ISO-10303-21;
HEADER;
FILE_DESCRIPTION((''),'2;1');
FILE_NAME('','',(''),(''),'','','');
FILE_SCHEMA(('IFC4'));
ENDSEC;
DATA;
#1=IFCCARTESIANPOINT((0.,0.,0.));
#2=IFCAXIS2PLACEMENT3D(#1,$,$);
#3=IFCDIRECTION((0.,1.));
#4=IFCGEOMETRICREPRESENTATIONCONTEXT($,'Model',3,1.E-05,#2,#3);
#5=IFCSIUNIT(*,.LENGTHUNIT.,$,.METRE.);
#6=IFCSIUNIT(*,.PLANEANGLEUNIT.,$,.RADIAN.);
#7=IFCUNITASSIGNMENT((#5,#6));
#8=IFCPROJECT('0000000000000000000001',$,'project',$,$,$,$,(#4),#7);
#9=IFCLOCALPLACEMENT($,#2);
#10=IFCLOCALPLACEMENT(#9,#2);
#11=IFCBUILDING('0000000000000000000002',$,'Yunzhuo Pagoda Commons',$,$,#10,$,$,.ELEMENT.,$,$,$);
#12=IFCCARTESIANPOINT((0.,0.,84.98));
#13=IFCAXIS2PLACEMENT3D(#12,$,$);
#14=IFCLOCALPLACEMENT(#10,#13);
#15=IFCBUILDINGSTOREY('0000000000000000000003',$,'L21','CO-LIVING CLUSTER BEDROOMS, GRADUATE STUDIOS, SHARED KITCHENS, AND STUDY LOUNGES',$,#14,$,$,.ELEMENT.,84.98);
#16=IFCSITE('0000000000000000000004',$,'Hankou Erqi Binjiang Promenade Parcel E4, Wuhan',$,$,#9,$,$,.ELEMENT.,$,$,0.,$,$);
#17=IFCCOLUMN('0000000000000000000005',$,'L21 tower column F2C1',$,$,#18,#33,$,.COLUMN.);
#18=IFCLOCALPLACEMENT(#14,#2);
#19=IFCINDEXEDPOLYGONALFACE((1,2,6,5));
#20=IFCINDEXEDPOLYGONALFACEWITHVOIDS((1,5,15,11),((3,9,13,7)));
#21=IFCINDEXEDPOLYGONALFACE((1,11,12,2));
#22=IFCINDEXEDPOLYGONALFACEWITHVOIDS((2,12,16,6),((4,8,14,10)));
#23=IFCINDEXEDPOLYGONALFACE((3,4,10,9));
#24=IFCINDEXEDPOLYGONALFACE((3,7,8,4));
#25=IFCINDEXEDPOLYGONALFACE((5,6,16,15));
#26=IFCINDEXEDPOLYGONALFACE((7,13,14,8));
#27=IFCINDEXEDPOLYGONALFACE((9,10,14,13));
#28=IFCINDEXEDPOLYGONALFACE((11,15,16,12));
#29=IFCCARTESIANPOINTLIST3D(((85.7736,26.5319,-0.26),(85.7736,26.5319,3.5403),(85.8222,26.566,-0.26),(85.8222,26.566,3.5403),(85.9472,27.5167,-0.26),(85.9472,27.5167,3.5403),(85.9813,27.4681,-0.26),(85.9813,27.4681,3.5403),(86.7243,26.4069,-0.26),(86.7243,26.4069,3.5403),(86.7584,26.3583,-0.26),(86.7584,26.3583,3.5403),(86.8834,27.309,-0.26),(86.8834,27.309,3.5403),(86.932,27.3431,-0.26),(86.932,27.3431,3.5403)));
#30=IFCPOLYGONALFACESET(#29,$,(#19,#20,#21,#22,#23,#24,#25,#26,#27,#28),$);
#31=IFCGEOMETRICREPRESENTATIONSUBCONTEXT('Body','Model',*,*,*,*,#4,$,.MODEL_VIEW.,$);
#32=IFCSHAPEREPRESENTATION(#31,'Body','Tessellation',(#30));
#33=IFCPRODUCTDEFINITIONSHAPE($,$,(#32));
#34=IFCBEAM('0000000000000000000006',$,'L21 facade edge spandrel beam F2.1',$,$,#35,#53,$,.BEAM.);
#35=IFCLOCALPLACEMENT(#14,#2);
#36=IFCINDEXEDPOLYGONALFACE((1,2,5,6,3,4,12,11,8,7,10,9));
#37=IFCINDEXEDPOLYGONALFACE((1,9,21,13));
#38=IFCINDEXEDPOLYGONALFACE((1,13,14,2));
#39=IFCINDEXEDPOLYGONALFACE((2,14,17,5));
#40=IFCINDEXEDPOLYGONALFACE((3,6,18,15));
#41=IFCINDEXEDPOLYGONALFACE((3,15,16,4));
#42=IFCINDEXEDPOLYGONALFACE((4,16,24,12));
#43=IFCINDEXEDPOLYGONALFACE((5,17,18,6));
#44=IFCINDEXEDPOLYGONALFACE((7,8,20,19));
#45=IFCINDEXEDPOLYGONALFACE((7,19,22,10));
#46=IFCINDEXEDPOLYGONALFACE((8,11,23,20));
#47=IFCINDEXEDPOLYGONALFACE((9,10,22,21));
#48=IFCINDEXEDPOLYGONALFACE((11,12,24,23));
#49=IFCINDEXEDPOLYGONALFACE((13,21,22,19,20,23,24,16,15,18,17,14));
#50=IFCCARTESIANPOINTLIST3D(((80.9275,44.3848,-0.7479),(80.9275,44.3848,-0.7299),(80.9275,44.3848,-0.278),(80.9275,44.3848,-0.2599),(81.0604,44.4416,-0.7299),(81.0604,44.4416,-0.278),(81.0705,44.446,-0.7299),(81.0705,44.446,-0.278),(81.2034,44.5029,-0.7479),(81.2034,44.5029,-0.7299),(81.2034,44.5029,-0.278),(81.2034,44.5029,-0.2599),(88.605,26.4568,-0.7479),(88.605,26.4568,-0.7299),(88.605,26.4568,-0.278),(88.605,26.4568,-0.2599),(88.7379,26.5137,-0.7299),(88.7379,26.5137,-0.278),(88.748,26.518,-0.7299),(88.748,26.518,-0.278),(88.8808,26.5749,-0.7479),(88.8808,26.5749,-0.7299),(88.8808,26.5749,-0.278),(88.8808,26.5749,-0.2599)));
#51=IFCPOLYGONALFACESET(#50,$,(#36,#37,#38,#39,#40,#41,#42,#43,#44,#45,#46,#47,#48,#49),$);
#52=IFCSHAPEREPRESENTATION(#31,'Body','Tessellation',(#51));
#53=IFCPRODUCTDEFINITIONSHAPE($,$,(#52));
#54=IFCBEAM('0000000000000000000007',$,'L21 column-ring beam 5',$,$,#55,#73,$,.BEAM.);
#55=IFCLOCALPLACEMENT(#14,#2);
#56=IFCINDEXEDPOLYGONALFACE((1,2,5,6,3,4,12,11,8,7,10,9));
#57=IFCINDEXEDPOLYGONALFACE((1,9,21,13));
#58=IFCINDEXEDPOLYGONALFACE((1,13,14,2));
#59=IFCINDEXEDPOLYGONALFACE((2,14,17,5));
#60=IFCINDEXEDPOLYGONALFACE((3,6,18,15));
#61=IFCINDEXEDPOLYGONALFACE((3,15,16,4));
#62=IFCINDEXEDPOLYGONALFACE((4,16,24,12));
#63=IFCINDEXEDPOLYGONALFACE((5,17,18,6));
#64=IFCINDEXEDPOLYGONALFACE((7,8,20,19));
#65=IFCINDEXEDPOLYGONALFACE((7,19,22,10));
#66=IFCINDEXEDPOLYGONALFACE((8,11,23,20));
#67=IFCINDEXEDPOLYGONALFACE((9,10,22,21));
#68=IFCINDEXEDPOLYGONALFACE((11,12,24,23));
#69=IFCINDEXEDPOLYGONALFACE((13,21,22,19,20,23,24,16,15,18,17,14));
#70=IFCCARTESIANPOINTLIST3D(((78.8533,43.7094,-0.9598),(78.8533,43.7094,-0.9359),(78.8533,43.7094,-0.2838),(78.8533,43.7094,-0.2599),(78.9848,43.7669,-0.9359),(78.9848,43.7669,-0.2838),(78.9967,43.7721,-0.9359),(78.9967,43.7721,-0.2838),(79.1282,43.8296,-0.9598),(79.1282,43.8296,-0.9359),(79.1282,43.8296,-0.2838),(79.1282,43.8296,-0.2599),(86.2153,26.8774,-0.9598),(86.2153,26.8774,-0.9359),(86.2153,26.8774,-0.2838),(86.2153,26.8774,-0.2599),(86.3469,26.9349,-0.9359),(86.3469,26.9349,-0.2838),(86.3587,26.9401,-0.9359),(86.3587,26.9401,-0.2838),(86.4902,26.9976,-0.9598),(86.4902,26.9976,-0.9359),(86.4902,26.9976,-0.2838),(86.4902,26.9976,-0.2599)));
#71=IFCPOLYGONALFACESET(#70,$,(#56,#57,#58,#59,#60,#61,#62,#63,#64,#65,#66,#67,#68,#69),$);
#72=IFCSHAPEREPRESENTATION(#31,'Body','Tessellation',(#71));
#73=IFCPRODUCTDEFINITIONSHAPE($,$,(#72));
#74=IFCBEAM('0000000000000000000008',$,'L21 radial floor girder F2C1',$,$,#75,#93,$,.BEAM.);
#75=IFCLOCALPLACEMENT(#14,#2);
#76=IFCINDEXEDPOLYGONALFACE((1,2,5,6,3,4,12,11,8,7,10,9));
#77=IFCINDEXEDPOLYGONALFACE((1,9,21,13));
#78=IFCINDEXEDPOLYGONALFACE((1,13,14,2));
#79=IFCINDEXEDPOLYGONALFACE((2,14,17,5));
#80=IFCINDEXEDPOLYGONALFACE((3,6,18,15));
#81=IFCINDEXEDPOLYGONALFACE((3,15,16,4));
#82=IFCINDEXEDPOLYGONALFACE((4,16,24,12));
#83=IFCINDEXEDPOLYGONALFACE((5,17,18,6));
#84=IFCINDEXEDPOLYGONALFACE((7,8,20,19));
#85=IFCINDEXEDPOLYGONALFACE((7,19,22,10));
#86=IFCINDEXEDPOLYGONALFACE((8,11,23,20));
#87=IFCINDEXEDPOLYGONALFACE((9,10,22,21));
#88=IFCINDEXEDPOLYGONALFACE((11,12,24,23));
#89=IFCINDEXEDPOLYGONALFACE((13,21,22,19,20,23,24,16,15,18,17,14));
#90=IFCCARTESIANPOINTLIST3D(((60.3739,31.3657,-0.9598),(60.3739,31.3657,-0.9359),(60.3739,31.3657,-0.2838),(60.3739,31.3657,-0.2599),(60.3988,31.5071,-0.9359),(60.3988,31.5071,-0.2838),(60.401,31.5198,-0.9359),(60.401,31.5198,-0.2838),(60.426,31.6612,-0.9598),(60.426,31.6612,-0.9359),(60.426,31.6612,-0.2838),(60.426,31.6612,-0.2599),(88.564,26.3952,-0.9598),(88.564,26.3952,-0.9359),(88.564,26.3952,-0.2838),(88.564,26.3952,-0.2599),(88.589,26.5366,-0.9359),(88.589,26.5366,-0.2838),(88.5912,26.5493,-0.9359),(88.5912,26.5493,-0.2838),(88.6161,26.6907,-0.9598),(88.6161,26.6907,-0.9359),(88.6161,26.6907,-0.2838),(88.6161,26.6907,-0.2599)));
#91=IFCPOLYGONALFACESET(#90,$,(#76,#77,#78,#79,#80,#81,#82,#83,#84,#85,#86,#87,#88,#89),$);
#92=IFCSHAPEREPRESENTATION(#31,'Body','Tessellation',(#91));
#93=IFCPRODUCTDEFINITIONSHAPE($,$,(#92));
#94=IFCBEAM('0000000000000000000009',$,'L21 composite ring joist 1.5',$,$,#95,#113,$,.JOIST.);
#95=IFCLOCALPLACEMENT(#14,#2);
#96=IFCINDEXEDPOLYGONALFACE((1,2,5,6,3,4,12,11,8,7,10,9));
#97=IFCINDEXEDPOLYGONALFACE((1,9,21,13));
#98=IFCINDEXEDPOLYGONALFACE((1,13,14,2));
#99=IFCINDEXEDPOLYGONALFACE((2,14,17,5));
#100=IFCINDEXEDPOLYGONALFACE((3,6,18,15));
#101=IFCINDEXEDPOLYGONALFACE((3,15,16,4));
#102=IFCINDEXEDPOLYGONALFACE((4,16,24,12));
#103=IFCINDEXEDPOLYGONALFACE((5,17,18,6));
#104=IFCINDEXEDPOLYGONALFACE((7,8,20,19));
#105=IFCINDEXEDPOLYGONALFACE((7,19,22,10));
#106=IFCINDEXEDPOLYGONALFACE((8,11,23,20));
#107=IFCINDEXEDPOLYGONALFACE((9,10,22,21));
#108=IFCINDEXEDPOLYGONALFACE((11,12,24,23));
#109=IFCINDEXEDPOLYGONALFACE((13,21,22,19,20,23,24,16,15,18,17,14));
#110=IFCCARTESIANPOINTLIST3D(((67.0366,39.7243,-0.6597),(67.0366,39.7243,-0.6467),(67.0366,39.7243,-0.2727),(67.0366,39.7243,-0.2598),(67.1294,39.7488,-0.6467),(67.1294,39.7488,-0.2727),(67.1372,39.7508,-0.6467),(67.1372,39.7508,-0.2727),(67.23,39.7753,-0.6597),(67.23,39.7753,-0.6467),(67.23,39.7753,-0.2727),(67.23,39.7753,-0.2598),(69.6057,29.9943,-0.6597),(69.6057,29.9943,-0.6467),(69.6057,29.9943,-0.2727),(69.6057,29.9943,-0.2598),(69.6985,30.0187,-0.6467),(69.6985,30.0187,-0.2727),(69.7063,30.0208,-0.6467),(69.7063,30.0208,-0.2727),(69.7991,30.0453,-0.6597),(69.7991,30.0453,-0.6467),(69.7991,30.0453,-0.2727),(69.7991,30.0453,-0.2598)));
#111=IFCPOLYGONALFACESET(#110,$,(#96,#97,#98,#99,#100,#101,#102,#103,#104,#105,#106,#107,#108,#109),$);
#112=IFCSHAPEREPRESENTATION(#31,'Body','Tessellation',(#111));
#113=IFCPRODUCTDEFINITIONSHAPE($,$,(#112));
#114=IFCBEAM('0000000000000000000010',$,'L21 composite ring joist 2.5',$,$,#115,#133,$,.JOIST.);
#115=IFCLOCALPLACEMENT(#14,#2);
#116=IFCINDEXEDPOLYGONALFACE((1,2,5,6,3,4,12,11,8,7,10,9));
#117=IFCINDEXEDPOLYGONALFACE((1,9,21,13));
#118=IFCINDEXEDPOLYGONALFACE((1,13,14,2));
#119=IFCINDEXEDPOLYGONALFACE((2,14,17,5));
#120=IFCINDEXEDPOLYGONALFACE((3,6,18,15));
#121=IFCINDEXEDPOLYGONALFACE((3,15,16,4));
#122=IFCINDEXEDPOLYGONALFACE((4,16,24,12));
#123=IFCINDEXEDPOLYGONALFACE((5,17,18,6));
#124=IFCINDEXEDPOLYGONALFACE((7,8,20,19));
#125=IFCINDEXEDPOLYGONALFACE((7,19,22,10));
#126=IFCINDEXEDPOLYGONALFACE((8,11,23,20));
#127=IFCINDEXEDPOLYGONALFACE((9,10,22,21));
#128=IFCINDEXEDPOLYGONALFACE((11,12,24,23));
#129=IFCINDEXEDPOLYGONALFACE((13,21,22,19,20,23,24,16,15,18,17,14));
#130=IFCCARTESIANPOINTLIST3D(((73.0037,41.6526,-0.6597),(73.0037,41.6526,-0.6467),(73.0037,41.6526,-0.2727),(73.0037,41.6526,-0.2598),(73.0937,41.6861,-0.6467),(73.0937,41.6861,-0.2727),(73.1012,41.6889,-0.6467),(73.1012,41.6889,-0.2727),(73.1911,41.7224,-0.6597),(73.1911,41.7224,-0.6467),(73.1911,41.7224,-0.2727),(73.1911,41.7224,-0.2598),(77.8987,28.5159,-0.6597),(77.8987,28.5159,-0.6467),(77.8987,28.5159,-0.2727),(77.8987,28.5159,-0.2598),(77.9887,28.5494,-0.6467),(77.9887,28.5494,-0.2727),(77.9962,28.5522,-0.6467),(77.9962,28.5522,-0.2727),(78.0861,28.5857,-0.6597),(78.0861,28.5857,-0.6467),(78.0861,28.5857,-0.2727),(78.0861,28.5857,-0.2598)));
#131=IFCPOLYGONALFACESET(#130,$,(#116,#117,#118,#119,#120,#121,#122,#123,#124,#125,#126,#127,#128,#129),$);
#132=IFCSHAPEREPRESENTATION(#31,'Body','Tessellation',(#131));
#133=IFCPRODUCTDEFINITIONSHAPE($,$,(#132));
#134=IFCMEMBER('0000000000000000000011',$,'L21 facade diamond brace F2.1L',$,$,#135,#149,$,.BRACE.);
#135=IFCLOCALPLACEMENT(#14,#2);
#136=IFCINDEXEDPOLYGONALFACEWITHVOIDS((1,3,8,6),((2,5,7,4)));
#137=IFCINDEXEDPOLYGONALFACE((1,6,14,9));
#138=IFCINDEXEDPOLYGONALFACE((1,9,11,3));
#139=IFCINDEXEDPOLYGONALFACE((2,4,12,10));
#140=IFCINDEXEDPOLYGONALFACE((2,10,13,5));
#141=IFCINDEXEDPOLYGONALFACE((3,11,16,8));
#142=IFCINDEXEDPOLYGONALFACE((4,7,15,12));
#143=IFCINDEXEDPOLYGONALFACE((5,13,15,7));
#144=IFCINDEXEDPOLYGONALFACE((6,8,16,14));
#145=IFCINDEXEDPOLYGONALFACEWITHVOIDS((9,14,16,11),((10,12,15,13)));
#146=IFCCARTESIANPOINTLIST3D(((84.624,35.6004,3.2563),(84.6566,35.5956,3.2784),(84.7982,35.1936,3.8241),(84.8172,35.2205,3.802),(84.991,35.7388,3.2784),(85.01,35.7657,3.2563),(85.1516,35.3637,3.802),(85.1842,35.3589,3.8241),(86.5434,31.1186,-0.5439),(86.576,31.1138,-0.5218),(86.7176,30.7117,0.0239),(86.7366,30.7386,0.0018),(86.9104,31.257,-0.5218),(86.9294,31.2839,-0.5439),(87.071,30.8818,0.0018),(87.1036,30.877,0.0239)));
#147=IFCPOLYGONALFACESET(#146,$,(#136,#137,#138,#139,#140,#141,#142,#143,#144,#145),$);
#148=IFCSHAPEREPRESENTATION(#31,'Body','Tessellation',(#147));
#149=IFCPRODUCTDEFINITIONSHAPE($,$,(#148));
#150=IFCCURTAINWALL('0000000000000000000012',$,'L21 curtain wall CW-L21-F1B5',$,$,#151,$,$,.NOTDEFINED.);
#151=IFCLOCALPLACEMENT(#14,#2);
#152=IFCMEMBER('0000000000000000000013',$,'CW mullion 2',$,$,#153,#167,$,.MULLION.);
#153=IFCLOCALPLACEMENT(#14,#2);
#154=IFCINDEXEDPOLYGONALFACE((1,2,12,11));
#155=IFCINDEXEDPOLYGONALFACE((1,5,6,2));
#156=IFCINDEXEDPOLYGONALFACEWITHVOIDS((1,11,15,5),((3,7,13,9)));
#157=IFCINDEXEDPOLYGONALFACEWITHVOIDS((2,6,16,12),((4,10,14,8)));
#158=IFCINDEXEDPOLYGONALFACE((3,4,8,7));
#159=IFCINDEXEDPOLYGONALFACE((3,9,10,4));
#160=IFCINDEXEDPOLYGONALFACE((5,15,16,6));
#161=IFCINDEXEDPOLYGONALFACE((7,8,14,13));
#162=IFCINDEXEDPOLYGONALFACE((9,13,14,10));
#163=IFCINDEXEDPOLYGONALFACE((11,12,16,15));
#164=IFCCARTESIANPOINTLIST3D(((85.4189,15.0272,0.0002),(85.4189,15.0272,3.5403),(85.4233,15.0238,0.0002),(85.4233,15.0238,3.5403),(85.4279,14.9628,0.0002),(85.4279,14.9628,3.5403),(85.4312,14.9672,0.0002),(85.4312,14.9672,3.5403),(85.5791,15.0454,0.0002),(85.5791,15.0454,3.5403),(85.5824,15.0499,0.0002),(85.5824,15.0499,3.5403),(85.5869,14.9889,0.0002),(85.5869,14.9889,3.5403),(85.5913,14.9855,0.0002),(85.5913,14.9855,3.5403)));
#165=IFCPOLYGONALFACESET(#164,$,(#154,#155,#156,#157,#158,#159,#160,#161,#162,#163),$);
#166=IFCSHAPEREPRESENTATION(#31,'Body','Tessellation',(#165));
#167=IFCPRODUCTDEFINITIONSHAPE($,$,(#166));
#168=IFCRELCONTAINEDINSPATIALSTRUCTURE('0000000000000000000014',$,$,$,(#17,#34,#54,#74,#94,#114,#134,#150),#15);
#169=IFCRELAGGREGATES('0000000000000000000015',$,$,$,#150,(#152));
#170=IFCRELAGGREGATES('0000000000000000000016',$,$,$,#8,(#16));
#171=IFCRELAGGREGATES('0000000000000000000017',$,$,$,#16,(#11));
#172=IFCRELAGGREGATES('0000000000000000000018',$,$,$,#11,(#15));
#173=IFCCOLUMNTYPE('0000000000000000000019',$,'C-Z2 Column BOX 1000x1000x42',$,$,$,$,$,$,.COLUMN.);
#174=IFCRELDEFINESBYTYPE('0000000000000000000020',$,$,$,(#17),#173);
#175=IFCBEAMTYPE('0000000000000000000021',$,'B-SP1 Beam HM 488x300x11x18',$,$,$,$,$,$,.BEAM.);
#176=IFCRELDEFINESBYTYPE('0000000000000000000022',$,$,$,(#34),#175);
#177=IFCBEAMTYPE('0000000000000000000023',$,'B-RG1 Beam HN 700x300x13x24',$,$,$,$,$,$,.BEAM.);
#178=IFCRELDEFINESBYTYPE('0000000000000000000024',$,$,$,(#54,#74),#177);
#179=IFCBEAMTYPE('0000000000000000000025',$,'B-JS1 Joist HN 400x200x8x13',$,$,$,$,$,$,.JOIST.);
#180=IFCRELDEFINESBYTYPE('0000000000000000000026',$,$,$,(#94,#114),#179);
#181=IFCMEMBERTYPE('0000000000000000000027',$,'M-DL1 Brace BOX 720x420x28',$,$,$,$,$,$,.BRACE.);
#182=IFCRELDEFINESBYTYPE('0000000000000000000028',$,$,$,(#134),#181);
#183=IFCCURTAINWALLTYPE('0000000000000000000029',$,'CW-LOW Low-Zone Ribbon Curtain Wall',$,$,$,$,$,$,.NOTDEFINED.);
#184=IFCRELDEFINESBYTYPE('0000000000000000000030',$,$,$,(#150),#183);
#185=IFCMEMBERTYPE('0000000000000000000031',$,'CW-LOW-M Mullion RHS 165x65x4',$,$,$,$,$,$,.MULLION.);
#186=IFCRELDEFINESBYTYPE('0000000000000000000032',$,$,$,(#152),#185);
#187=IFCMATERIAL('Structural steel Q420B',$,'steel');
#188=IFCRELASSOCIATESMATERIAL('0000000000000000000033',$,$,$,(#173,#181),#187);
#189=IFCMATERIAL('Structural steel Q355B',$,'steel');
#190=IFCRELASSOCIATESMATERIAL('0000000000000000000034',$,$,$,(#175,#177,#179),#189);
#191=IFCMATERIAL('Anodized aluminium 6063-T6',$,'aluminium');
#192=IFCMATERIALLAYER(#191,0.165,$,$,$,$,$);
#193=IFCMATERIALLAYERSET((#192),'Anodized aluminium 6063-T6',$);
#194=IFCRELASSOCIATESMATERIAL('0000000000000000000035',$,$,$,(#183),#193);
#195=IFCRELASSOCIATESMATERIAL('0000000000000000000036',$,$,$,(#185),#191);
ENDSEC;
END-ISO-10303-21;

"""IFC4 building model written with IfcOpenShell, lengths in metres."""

from ifc_helpers import new_model, si_unit, direction, frame, origin, origin_2d, place, context, subcontext, project, spatial, hollow_rectangle, i_section, extrude, source, transform, mapped, material, layer, layer_set, material_profile, profile_set, type_object, element, aggregate, save


model = new_model("IFC4")

# Units and contexts
model_context = context("Model", 3, precision=1e-05, world=origin(), true_north=direction((0.0, 1.0)))
body_context = subcontext(model_context, "Body", "Model", "MODEL_VIEW")
ifc_project = project(units=[si_unit("LENGTHUNIT", "METRE"), si_unit("PLANEANGLEUNIT", "RADIAN")], contexts=[model_context])

# Site, building, storey
site_placement = place(None, origin())
site = spatial("IfcSite", under=ifc_project, at=site_placement, Name="Hankou Erqi Binjiang Promenade Parcel E4, Wuhan", CompositionType="ELEMENT", RefElevation=0.0)
building_placement = place(site_placement, origin())
building = spatial("IfcBuilding", under=site, at=building_placement, Name="Yunzhuo Pagoda Commons", CompositionType="ELEMENT")
storey_placement = place(building_placement, frame((0.0, 0.0, 84.98)))
storey = spatial("IfcBuildingStorey", under=building, at=storey_placement, Name="L21", Description="CO-LIVING CLUSTER BEDROOMS, GRADUATE STUDIOS, SHARED KITCHENS, AND STUDY LOUNGES", CompositionType="ELEMENT", Elevation=84.98)

# Column
ifc_material_1 = material(Name="Structural steel Q420B", Category="steel")
ifc_material_profile_1 = material_profile(ifc_material_1, hollow_rectangle(XDim=1.0, YDim=1.0, WallThickness=0.042, at=origin_2d()), Name="Structural steel Q420B")
ifc_profile_set_1 = profile_set([ifc_material_profile_1], Name="Structural steel Q420B")
column_type = type_object("IfcColumnType", Name="C-Z2 Column BOX 1000x1000x42", PredefinedType="COLUMN", material=ifc_profile_set_1)
shared_shape_1 = source(origin(), body_context, "Body", "SweptSolid", [
    extrude(hollow_rectangle(XDim=1.0, YDim=1.0, WallThickness=0.042, at=origin_2d()), origin(), (0.0, 0.0, 1.0), 3.8003),
])
column_placement = place(storey_placement, frame((86.3528, 26.9375, -0.26), z_axis=(0.0, 0.0, 1.0), x_axis=(0.173648, 0.984808, 0.0)))
element("IfcColumn", 1, at=column_placement, inside=storey, type_object=column_type, Name="L21 tower column F2C1", PredefinedType="COLUMN", context=body_context, shape_type="MappedRepresentation", body=[
    mapped(shared_shape_1, transform((0.0, 0.0, 0.0), scale=1.0)),
])

# Beams
ifc_material_2 = material(Name="Structural steel Q355B", Category="steel")
ifc_material_profile_2 = material_profile(ifc_material_2, i_section(OverallWidth=0.3, OverallDepth=0.488, WebThickness=0.011, FlangeThickness=0.0181, at=origin_2d()), Name="Structural steel Q355B")
ifc_profile_set_2 = profile_set([ifc_material_profile_2], Name="Structural steel Q355B")
beam_type_1 = type_object("IfcBeamType", Name="B-SP1 Beam HM 488x300x11x18", PredefinedType="BEAM", material=ifc_profile_set_2)
shared_shape_2 = source(origin(), body_context, "Body", "SweptSolid", [
    extrude(i_section(OverallWidth=0.3, OverallDepth=0.488, WebThickness=0.011, FlangeThickness=0.0181, at=origin_2d()), origin(), (0.0, 0.0, 1.0), 19.5027),
])
beam_1_placement = place(storey_placement, frame((88.7429, 26.5159, -0.5039), z_axis=(-0.393662, 0.919255, 0.0), x_axis=(-0.919255, -0.393662, 0.0)))
element("IfcBeam", 2, at=beam_1_placement, inside=storey, type_object=beam_type_1, Name="L21 facade edge spandrel beam F2.1", PredefinedType="BEAM", context=body_context, shape_type="MappedRepresentation", body=[
    mapped(shared_shape_2, transform((0.0, 0.0, 0.0), scale=1.0)),
])
ifc_material_profile_3 = material_profile(ifc_material_2, i_section(OverallWidth=0.3, OverallDepth=0.7, WebThickness=0.0129, FlangeThickness=0.0239, at=origin_2d()), Name="Structural steel Q355B")
ifc_profile_set_3 = profile_set([ifc_material_profile_3], Name="Structural steel Q355B")
beam_type_2 = type_object("IfcBeamType", Name="B-RG1 Beam HN 700x300x13x24", PredefinedType="BEAM", material=ifc_profile_set_3)
shared_shape_3 = source(origin(), body_context, "Body", "SweptSolid", [
    extrude(i_section(OverallWidth=0.3, OverallDepth=0.7, WebThickness=0.0129, FlangeThickness=0.0239, at=origin_2d()), origin(), (0.0, 0.0, 1.0), 18.3716),
])
beam_2_placement = place(storey_placement, frame((86.3528, 26.9375, -0.6099), z_axis=(-0.40073, 0.916196, 0.0), x_axis=(-0.916196, -0.40073, 0.0)))
element("IfcBeam", 3, at=beam_2_placement, inside=storey, type_object=beam_type_2, Name="L21 column-ring beam 5", PredefinedType="BEAM", context=body_context, shape_type="MappedRepresentation", body=[
    mapped(shared_shape_3, transform((0.0, 0.0, 0.0), scale=1.0)),
])
shared_shape_4 = source(origin(), body_context, "Body", "SweptSolid", [
    extrude(i_section(OverallWidth=0.3, OverallDepth=0.7, WebThickness=0.0129, FlangeThickness=0.0239, at=origin_2d()), origin(), (0.0, 0.0, 1.0), 28.625),
])
beam_3_placement = place(storey_placement, frame((88.5901, 26.543, -0.6099), z_axis=(-0.984809, 0.17364, 0.0), x_axis=(-0.17364, -0.984809, 0.0)))
element("IfcBeam", 4, at=beam_3_placement, inside=storey, type_object=beam_type_2, Name="L21 radial floor girder F2C1", PredefinedType="BEAM", context=body_context, shape_type="MappedRepresentation", body=[
    mapped(shared_shape_4, transform((0.0, 0.0, 0.0), scale=1.0)),
])
ifc_material_profile_4 = material_profile(ifc_material_2, i_section(OverallWidth=0.2, OverallDepth=0.3999, WebThickness=0.0081, FlangeThickness=0.0129, at=origin_2d()), Name="Structural steel Q355B")
ifc_profile_set_4 = profile_set([ifc_material_profile_4], Name="Structural steel Q355B")
beam_type_3 = type_object("IfcBeamType", Name="B-JS1 Joist HN 400x200x8x13", PredefinedType="JOIST", material=ifc_profile_set_4)
shared_shape_5 = source(origin(), body_context, "Body", "SweptSolid", [
    extrude(i_section(OverallWidth=0.2, OverallDepth=0.3999, WebThickness=0.0081, FlangeThickness=0.0129, at=origin_2d()), origin(), (0.0, 0.0, 1.0), 10.0635),
])
beam_4_placement = place(storey_placement, frame((69.7024, 30.0198, -0.4597), z_axis=(-0.25529, 0.966865, 0.0), x_axis=(-0.966865, -0.25529, 0.0)))
element("IfcBeam", 5, at=beam_4_placement, inside=storey, type_object=beam_type_3, Name="L21 composite ring joist 1.5", PredefinedType="JOIST", context=body_context, shape_type="MappedRepresentation", body=[
    mapped(shared_shape_5, transform((0.0, 0.0, 0.0), scale=1.0)),
])
shared_shape_6 = source(origin(), body_context, "Body", "SweptSolid", [
    extrude(i_section(OverallWidth=0.2, OverallDepth=0.3999, WebThickness=0.0081, FlangeThickness=0.0129, at=origin_2d()), origin(), (0.0, 0.0, 1.0), 14.019),
])
beam_5_placement = place(storey_placement, frame((77.9924, 28.5508, -0.4597), z_axis=(-0.349168, 0.93706, 0.0), x_axis=(-0.93706, -0.349168, 0.0)))
element("IfcBeam", 6, at=beam_5_placement, inside=storey, type_object=beam_type_3, Name="L21 composite ring joist 2.5", PredefinedType="JOIST", context=body_context, shape_type="MappedRepresentation", body=[
    mapped(shared_shape_6, transform((0.0, 0.0, 0.0), scale=1.0)),
])

# Member
ifc_material_profile_5 = material_profile(ifc_material_1, hollow_rectangle(XDim=0.4199, YDim=0.72, WallThickness=0.0281, at=origin_2d()), Name="Structural steel Q420B")
ifc_profile_set_5 = profile_set([ifc_material_profile_5], Name="Structural steel Q420B")
member_type_1 = type_object("IfcMemberType", Name="M-DL1 Brace BOX 720x420x28", PredefinedType="BRACE", material=ifc_profile_set_5)
shared_shape_7 = source(origin(), body_context, "Body", "SweptSolid", [
    extrude(hollow_rectangle(XDim=0.4199, YDim=0.72, WallThickness=0.0281, at=origin_2d()), origin(), (0.0, 0.0, 1.0), 6.1816),
])
member_1_placement = place(storey_placement, frame((86.8235, 30.9978, -0.26), z_axis=(-0.310499, 0.725025, 0.614759), x_axis=(-0.919249, -0.393678, 0.0)))
element("IfcMember", 7, at=member_1_placement, inside=storey, type_object=member_type_1, Name="L21 facade diamond brace F2.1L", PredefinedType="BRACE", context=body_context, shape_type="MappedRepresentation", body=[
    mapped(shared_shape_7, transform((0.0, 0.0, 0.0), scale=1.0)),
])

# Curtain wall, member
ifc_material_3 = material(Name="Anodized aluminium 6063-T6", Category="aluminium")
ifc_layer_1 = layer(ifc_material_3, 0.165)
ifc_layer_set_1 = layer_set([ifc_layer_1], Name="Anodized aluminium 6063-T6")
curtain_wall_type = type_object("IfcCurtainWallType", Name="CW-LOW Low-Zone Ribbon Curtain Wall", PredefinedType="NOTDEFINED", material=ifc_layer_set_1)
curtain_wall_1_placement = place(storey_placement, origin())
curtain_wall_1 = element("IfcCurtainWall", 8, at=curtain_wall_1_placement, inside=storey, type_object=curtain_wall_type, Name="L21 curtain wall CW-L21-F1B5", PredefinedType="NOTDEFINED")
ifc_material_profile_6 = material_profile(ifc_material_3, hollow_rectangle(XDim=0.0649, YDim=0.165, WallThickness=0.0039, at=origin_2d()), Name="Anodized aluminium 6063-T6")
ifc_profile_set_6 = profile_set([ifc_material_profile_6], Name="Anodized aluminium 6063-T6")
member_type_2 = type_object("IfcMemberType", Name="CW-LOW-M Mullion RHS 165x65x4", PredefinedType="MULLION", material=ifc_profile_set_6)
shared_shape_8 = source(origin(), body_context, "Body", "SweptSolid", [
    extrude(hollow_rectangle(XDim=0.0649, YDim=0.165, WallThickness=0.0039, at=origin_2d()), origin(), (0.0, 0.0, 1.0), 3.54),
])
member_2_placement = place(storey_placement, frame((85.5051, 15.0063, 0.0002), z_axis=(0.0, 0.0, 1.0), x_axis=(-0.137496, 0.990502, 0.0)))
member_2 = element("IfcMember", 9, at=member_2_placement, type_object=member_type_2, Name="CW mullion 2", PredefinedType="MULLION", context=body_context, shape_type="MappedRepresentation", body=[
    mapped(shared_shape_8, transform((0.0, 0.0, 0.0), scale=1.0)),
])

aggregate(curtain_wall_1, [member_2])

save(model, "model.ifc")
